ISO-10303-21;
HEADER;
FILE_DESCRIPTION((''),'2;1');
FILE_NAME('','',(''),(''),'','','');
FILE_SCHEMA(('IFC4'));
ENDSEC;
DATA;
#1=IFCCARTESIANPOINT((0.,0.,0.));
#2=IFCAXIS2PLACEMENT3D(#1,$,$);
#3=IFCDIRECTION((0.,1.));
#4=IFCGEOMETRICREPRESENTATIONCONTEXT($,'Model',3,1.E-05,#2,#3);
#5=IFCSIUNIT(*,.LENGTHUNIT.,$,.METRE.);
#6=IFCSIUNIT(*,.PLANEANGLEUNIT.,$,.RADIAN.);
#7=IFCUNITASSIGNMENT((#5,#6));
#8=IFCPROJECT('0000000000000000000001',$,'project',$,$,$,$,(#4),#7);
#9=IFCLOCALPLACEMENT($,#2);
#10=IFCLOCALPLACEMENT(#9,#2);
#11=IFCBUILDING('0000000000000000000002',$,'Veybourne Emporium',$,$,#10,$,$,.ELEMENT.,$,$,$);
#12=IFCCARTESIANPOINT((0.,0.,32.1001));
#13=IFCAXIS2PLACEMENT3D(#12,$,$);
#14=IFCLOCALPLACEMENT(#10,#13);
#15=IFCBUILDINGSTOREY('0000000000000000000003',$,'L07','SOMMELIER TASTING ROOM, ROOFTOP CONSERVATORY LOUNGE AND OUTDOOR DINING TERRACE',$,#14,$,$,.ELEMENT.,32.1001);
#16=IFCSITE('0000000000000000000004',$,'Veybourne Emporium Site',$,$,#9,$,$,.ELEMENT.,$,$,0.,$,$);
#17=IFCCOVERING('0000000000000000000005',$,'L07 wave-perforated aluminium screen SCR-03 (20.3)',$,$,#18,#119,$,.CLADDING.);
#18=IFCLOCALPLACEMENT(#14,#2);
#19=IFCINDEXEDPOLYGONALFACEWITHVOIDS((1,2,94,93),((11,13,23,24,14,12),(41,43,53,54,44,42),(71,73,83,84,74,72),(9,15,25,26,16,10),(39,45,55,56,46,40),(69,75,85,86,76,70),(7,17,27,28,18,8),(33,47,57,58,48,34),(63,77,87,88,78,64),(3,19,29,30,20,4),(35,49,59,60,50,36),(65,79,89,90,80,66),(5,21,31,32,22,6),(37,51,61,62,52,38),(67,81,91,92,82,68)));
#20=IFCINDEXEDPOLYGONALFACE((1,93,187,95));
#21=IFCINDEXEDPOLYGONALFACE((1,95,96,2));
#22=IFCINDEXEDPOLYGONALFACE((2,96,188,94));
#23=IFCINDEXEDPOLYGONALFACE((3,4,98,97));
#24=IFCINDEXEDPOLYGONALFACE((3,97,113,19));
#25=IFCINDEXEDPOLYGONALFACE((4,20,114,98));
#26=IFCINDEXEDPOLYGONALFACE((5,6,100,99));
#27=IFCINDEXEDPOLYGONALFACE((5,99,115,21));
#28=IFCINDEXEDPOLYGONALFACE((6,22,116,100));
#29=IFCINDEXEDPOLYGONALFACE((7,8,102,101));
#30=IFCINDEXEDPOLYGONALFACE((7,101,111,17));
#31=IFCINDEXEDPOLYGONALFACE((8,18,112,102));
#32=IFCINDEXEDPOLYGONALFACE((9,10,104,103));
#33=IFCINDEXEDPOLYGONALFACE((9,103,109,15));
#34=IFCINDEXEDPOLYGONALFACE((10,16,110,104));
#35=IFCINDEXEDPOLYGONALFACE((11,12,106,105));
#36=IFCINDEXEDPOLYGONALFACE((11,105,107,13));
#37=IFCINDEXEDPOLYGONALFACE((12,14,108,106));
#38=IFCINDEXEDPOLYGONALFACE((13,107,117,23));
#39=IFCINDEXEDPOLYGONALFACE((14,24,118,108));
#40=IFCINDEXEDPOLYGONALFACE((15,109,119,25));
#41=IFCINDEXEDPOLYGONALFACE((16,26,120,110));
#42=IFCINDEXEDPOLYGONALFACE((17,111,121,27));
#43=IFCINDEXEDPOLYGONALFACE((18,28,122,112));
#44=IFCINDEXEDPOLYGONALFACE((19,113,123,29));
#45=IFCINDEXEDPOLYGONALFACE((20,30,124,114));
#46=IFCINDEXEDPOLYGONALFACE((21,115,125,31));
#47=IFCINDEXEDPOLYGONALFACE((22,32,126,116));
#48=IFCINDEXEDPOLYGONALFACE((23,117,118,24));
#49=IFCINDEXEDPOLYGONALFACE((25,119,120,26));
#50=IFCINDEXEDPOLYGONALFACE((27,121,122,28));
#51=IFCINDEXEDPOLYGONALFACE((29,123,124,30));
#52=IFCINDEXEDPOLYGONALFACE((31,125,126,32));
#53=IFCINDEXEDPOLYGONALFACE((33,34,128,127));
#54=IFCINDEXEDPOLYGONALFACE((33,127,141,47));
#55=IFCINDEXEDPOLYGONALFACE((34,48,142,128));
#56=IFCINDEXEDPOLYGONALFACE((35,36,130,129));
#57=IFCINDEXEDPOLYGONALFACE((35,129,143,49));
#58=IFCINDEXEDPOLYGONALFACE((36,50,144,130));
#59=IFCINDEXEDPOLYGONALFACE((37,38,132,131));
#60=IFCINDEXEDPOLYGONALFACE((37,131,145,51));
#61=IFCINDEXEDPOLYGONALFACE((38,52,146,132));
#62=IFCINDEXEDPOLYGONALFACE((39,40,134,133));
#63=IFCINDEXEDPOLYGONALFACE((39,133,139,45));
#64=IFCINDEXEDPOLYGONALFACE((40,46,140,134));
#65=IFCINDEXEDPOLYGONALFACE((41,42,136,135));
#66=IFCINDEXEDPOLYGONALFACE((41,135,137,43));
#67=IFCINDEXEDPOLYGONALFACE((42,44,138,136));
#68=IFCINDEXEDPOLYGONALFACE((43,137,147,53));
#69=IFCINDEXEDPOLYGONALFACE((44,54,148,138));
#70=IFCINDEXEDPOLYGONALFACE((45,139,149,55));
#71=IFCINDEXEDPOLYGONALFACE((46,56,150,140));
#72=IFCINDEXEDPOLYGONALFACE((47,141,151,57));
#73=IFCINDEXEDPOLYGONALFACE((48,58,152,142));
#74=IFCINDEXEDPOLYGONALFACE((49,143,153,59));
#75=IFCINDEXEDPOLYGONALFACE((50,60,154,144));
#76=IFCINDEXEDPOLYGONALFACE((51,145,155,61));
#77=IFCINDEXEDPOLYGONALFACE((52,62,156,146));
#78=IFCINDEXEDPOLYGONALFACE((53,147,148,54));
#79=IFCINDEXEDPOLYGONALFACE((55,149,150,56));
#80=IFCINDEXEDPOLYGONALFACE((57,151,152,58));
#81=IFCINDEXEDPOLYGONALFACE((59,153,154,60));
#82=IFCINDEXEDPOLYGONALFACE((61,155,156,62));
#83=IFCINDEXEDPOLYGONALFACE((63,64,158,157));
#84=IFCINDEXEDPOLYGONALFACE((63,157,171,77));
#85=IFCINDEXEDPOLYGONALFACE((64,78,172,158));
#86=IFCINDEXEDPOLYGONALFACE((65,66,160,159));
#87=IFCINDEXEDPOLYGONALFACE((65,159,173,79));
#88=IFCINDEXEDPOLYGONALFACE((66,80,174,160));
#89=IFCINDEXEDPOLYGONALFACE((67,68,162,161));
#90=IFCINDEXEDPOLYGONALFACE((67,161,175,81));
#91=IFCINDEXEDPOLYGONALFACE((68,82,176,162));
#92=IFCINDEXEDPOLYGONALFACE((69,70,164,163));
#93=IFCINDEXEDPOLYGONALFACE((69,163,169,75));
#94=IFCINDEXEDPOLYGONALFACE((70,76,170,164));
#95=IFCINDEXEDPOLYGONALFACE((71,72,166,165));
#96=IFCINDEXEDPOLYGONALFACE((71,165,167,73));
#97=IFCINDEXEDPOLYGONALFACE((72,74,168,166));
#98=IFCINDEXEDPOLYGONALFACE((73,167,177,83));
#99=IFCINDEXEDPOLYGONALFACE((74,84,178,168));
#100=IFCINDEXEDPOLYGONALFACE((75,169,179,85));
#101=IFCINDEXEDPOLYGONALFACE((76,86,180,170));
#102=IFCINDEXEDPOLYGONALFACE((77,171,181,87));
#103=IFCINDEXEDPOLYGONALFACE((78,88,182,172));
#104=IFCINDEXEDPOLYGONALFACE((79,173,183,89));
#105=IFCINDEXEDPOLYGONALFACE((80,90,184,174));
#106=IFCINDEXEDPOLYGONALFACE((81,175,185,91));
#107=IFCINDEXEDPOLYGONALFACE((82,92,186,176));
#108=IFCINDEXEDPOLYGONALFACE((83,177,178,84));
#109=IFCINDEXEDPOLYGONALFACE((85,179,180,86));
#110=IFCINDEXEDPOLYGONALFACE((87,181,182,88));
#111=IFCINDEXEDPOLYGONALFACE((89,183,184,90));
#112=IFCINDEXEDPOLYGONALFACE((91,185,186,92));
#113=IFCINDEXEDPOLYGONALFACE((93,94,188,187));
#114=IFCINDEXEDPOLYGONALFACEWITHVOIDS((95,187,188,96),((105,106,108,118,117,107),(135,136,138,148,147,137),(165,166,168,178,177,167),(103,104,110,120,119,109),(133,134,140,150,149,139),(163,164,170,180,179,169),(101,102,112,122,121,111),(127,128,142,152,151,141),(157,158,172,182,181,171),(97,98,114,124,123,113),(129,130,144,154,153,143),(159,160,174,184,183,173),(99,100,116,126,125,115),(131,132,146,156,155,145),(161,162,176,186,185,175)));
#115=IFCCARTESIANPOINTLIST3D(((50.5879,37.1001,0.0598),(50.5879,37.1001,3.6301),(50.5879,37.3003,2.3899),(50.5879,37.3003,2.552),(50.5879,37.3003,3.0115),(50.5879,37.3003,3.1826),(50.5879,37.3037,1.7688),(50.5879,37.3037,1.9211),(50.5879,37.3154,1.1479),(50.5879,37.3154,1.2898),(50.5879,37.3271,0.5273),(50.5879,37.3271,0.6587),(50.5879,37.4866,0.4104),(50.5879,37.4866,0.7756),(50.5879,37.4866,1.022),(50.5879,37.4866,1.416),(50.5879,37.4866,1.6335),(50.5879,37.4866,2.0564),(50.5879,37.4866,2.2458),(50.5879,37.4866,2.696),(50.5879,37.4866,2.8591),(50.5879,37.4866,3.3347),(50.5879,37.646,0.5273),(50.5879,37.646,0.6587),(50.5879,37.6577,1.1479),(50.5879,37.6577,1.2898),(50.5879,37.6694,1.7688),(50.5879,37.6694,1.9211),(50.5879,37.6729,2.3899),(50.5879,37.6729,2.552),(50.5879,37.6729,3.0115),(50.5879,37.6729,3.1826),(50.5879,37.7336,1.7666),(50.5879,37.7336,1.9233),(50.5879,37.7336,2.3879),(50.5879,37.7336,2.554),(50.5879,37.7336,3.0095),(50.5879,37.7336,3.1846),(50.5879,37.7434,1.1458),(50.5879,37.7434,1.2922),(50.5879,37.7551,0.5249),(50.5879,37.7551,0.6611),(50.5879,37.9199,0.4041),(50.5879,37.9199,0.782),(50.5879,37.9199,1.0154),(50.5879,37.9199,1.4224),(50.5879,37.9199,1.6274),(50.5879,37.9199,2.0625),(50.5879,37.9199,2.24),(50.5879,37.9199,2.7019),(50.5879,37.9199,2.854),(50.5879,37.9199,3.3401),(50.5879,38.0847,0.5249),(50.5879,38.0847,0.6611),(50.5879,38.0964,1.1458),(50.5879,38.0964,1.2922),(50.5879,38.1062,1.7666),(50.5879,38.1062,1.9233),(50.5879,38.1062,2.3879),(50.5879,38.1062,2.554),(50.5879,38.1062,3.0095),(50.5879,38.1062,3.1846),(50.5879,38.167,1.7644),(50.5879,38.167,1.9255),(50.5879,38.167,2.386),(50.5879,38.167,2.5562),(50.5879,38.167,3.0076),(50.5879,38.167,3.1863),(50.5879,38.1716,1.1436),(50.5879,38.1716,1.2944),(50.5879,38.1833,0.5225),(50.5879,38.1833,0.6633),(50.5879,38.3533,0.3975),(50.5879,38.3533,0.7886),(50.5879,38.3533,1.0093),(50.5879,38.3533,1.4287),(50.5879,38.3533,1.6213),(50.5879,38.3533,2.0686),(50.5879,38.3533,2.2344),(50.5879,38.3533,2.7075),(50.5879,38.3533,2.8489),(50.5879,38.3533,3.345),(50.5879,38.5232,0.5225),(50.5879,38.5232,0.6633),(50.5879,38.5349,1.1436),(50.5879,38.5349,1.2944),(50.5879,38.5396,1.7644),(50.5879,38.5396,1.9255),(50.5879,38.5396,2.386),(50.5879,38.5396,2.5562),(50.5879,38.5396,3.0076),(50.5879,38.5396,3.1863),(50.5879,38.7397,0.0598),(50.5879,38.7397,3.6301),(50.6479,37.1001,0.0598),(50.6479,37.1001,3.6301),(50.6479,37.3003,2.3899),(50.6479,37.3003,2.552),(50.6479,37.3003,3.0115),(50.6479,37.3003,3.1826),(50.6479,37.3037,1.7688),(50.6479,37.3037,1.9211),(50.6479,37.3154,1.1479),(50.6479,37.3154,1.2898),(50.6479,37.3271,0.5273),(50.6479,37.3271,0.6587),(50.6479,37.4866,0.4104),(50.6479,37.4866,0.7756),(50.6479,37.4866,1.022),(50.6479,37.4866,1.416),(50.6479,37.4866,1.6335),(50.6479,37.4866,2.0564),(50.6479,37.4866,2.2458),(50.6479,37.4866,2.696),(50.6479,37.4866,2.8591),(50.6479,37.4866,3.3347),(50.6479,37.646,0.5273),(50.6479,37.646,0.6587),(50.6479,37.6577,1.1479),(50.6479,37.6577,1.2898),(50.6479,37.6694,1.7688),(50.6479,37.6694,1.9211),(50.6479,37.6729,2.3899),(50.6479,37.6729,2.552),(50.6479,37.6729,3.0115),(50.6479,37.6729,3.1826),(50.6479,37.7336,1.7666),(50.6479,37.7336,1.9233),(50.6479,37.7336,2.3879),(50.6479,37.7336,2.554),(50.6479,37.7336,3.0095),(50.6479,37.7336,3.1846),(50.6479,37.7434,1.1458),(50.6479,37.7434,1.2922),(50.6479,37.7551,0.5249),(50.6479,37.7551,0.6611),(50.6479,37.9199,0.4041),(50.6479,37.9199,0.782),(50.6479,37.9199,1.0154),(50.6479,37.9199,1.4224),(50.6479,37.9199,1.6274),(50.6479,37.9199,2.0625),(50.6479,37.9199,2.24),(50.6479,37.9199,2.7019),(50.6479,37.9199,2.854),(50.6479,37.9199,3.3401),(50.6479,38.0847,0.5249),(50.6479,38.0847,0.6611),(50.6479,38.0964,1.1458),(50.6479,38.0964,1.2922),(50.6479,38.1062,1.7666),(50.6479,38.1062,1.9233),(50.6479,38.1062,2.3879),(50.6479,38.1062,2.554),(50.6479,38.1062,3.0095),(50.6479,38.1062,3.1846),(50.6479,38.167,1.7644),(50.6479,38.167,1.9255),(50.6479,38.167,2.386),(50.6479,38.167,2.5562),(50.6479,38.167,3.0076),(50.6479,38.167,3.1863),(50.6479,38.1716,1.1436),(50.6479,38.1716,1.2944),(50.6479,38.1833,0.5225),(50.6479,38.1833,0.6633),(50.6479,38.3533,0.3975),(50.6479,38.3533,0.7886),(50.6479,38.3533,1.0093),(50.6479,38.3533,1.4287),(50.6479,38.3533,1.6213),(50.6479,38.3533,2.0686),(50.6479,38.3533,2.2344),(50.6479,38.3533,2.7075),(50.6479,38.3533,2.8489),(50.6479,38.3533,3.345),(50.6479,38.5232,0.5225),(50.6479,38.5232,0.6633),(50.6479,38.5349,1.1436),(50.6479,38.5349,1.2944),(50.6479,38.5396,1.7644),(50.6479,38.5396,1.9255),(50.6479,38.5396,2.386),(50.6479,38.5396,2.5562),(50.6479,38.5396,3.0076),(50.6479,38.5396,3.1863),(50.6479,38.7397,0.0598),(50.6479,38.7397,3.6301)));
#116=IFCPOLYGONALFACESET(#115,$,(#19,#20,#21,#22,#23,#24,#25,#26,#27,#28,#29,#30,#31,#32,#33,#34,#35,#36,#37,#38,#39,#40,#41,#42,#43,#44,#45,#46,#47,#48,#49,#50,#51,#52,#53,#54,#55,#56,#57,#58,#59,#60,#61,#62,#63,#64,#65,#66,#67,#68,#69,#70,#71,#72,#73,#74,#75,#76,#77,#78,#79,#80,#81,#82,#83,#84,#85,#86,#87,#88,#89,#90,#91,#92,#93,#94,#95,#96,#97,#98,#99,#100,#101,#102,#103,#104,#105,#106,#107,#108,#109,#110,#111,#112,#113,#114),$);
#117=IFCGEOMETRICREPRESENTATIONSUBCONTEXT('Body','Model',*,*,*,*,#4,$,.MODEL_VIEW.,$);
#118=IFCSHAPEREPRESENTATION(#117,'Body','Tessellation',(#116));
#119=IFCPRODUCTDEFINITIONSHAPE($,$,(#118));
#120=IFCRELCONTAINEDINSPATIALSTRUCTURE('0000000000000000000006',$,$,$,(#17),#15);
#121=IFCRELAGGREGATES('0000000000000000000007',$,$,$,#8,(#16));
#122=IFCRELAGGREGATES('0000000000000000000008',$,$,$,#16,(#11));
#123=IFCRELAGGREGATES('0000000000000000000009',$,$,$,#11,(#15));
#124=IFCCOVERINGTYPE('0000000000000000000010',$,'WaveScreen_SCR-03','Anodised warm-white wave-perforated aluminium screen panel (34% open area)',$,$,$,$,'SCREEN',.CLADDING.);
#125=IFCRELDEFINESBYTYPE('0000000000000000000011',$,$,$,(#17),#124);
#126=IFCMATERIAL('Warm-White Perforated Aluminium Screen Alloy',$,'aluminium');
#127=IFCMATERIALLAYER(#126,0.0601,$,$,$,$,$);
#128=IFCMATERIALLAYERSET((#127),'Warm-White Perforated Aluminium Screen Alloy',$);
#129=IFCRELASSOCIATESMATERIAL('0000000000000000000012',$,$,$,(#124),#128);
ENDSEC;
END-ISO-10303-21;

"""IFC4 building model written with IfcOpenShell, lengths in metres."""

from ifc_helpers import new_model, si_unit, direction, frame, origin, place, context, subcontext, project, spatial, polyline, outline, extrude, material, layer, layer_set, type_object, element, save


model = new_model("IFC4")

# Units and contexts
model_context = context("Model", 3, precision=1e-05, world=origin(), true_north=direction((0.0, 1.0)))
body_context = subcontext(model_context, "Body", "Model", "MODEL_VIEW")
ifc_project = project(units=[si_unit("LENGTHUNIT", "METRE"), si_unit("PLANEANGLEUNIT", "RADIAN")], contexts=[model_context])

# Site, building, storey
site_placement = place(None, origin())
site = spatial("IfcSite", under=ifc_project, at=site_placement, Name="Veybourne Emporium Site", CompositionType="ELEMENT", RefElevation=0.0)
building_placement = place(site_placement, origin())
building = spatial("IfcBuilding", under=site, at=building_placement, Name="Veybourne Emporium", CompositionType="ELEMENT")
storey_placement = place(building_placement, frame((0.0, 0.0, 32.1001)))
storey = spatial("IfcBuildingStorey", under=building, at=storey_placement, Name="L07", Description="SOMMELIER TASTING ROOM, ROOFTOP CONSERVATORY LOUNGE AND OUTDOOR DINING TERRACE", CompositionType="ELEMENT", Elevation=32.1001)

# Covering
ifc_material_1 = material(Name="Warm-White Perforated Aluminium Screen Alloy", Category="aluminium")
ifc_layer_1 = layer(ifc_material_1, 0.0601)
ifc_layer_set_1 = layer_set([ifc_layer_1], Name="Warm-White Perforated Aluminium Screen Alloy")
covering_type_1 = type_object("IfcCoveringType", Name="WaveScreen_SCR-03", Description="Anodised warm-white wave-perforated aluminium screen panel (34% open area)", ElementType="SCREEN", PredefinedType="CLADDING", material=ifc_layer_set_1)
covering_1_placement = place(storey_placement, frame((50.6479, 37.9199, 1.845), z_axis=(-1.0, 0.0, 0.0), x_axis=(0.0, -1.0, 0.0)))
element("IfcCovering", 1, at=covering_1_placement, inside=storey, type_object=covering_type_1, Name="L07 wave-perforated aluminium screen SCR-03 (20.3)", PredefinedType="CLADDING", context=body_context, shape_type="SweptSolid", body=[
    extrude(outline(polyline([(-0.8198, -1.7852), (0.8198, -1.7852), (0.8198, 1.7852), (-0.8198, 1.7852), (-0.8198, -1.7852)]), holes=[polyline([(-0.4333, -1.0564), (-0.2634, -1.1816), (-0.2634, -1.3225), (-0.4333, -1.4475), (-0.6033, -1.3225), (-0.6033, -1.1816), (-0.4333, -1.0564)]), polyline([(-0.4333, -0.4163), (-0.2517, -0.5505), (-0.2517, -0.7014), (-0.4333, -0.8357), (-0.615, -0.7014), (-0.615, -0.5505), (-0.4333, -0.4163)]), polyline([(-0.4333, 0.2236), (-0.2471, 0.0806), (-0.2471, -0.0806), (-0.4333, -0.2236), (-0.6196, -0.0806), (-0.6196, 0.0806), (-0.4333, 0.2236)]), polyline([(-0.4333, 0.8625), (-0.2471, 0.7112), (-0.2471, 0.541), (-0.4333, 0.3894), (-0.6196, 0.541), (-0.6196, 0.7112), (-0.4333, 0.8625)]), polyline([(-0.4333, 1.5), (-0.2471, 1.3413), (-0.2471, 1.1626), (-0.4333, 1.0039), (-0.6196, 1.1626), (-0.6196, 1.3413), (-0.4333, 1.5)]), polyline([(0.0, -1.063), (0.1648, -1.1838), (0.1648, -1.3201), (0.0, -1.4409), (-0.1648, -1.3201), (-0.1648, -1.1838), (0.0, -1.063)]), polyline([(0.0, -0.4226), (0.1765, -0.5527), (0.1765, -0.6992), (0.0, -0.8296), (-0.1765, -0.6992), (-0.1765, -0.5527), (0.0, -0.4226)]), polyline([(0.0, 0.2175), (0.1863, 0.0784), (0.1863, -0.0784), (0.0, -0.2175), (-0.1863, -0.0784), (-0.1863, 0.0784), (0.0, 0.2175)]), polyline([(0.0, 0.8569), (0.1863, 0.709), (0.1863, 0.543), (0.0, 0.395), (-0.1863, 0.543), (-0.1863, 0.709), (0.0, 0.8569)]), polyline([(0.0, 1.4951), (0.1863, 1.3396), (0.1863, 1.1646), (0.0, 1.009), (-0.1863, 1.1646), (-0.1863, 1.3396), (0.0, 1.4951)]), polyline([(0.4333, -1.0693), (0.5928, -1.1863), (0.5928, -1.3176), (0.4333, -1.4346), (0.2739, -1.3176), (0.2739, -1.1863), (0.4333, -1.0693)]), polyline([(0.4333, -0.429), (0.6045, -0.5552), (0.6045, -0.697), (0.4333, -0.823), (0.2622, -0.697), (0.2622, -0.5552), (0.4333, -0.429)]), polyline([(0.4333, 0.2114), (0.6162, 0.0762), (0.6162, -0.0762), (0.4333, -0.2114), (0.2505, -0.0762), (0.2505, 0.0762), (0.4333, 0.2114)]), polyline([(0.4333, 0.8511), (0.6196, 0.707), (0.6196, 0.5449), (0.4333, 0.4009), (0.2471, 0.5449), (0.2471, 0.707), (0.4333, 0.8511)]), polyline([(0.4333, 1.4897), (0.6196, 1.3376), (0.6196, 1.1665), (0.4333, 1.0142), (0.2471, 1.1665), (0.2471, 1.3376), (0.4333, 1.4897)])]), origin(), (0.0, 0.0, 1.0), 0.0601),
])

save(model, "model.ifc")
